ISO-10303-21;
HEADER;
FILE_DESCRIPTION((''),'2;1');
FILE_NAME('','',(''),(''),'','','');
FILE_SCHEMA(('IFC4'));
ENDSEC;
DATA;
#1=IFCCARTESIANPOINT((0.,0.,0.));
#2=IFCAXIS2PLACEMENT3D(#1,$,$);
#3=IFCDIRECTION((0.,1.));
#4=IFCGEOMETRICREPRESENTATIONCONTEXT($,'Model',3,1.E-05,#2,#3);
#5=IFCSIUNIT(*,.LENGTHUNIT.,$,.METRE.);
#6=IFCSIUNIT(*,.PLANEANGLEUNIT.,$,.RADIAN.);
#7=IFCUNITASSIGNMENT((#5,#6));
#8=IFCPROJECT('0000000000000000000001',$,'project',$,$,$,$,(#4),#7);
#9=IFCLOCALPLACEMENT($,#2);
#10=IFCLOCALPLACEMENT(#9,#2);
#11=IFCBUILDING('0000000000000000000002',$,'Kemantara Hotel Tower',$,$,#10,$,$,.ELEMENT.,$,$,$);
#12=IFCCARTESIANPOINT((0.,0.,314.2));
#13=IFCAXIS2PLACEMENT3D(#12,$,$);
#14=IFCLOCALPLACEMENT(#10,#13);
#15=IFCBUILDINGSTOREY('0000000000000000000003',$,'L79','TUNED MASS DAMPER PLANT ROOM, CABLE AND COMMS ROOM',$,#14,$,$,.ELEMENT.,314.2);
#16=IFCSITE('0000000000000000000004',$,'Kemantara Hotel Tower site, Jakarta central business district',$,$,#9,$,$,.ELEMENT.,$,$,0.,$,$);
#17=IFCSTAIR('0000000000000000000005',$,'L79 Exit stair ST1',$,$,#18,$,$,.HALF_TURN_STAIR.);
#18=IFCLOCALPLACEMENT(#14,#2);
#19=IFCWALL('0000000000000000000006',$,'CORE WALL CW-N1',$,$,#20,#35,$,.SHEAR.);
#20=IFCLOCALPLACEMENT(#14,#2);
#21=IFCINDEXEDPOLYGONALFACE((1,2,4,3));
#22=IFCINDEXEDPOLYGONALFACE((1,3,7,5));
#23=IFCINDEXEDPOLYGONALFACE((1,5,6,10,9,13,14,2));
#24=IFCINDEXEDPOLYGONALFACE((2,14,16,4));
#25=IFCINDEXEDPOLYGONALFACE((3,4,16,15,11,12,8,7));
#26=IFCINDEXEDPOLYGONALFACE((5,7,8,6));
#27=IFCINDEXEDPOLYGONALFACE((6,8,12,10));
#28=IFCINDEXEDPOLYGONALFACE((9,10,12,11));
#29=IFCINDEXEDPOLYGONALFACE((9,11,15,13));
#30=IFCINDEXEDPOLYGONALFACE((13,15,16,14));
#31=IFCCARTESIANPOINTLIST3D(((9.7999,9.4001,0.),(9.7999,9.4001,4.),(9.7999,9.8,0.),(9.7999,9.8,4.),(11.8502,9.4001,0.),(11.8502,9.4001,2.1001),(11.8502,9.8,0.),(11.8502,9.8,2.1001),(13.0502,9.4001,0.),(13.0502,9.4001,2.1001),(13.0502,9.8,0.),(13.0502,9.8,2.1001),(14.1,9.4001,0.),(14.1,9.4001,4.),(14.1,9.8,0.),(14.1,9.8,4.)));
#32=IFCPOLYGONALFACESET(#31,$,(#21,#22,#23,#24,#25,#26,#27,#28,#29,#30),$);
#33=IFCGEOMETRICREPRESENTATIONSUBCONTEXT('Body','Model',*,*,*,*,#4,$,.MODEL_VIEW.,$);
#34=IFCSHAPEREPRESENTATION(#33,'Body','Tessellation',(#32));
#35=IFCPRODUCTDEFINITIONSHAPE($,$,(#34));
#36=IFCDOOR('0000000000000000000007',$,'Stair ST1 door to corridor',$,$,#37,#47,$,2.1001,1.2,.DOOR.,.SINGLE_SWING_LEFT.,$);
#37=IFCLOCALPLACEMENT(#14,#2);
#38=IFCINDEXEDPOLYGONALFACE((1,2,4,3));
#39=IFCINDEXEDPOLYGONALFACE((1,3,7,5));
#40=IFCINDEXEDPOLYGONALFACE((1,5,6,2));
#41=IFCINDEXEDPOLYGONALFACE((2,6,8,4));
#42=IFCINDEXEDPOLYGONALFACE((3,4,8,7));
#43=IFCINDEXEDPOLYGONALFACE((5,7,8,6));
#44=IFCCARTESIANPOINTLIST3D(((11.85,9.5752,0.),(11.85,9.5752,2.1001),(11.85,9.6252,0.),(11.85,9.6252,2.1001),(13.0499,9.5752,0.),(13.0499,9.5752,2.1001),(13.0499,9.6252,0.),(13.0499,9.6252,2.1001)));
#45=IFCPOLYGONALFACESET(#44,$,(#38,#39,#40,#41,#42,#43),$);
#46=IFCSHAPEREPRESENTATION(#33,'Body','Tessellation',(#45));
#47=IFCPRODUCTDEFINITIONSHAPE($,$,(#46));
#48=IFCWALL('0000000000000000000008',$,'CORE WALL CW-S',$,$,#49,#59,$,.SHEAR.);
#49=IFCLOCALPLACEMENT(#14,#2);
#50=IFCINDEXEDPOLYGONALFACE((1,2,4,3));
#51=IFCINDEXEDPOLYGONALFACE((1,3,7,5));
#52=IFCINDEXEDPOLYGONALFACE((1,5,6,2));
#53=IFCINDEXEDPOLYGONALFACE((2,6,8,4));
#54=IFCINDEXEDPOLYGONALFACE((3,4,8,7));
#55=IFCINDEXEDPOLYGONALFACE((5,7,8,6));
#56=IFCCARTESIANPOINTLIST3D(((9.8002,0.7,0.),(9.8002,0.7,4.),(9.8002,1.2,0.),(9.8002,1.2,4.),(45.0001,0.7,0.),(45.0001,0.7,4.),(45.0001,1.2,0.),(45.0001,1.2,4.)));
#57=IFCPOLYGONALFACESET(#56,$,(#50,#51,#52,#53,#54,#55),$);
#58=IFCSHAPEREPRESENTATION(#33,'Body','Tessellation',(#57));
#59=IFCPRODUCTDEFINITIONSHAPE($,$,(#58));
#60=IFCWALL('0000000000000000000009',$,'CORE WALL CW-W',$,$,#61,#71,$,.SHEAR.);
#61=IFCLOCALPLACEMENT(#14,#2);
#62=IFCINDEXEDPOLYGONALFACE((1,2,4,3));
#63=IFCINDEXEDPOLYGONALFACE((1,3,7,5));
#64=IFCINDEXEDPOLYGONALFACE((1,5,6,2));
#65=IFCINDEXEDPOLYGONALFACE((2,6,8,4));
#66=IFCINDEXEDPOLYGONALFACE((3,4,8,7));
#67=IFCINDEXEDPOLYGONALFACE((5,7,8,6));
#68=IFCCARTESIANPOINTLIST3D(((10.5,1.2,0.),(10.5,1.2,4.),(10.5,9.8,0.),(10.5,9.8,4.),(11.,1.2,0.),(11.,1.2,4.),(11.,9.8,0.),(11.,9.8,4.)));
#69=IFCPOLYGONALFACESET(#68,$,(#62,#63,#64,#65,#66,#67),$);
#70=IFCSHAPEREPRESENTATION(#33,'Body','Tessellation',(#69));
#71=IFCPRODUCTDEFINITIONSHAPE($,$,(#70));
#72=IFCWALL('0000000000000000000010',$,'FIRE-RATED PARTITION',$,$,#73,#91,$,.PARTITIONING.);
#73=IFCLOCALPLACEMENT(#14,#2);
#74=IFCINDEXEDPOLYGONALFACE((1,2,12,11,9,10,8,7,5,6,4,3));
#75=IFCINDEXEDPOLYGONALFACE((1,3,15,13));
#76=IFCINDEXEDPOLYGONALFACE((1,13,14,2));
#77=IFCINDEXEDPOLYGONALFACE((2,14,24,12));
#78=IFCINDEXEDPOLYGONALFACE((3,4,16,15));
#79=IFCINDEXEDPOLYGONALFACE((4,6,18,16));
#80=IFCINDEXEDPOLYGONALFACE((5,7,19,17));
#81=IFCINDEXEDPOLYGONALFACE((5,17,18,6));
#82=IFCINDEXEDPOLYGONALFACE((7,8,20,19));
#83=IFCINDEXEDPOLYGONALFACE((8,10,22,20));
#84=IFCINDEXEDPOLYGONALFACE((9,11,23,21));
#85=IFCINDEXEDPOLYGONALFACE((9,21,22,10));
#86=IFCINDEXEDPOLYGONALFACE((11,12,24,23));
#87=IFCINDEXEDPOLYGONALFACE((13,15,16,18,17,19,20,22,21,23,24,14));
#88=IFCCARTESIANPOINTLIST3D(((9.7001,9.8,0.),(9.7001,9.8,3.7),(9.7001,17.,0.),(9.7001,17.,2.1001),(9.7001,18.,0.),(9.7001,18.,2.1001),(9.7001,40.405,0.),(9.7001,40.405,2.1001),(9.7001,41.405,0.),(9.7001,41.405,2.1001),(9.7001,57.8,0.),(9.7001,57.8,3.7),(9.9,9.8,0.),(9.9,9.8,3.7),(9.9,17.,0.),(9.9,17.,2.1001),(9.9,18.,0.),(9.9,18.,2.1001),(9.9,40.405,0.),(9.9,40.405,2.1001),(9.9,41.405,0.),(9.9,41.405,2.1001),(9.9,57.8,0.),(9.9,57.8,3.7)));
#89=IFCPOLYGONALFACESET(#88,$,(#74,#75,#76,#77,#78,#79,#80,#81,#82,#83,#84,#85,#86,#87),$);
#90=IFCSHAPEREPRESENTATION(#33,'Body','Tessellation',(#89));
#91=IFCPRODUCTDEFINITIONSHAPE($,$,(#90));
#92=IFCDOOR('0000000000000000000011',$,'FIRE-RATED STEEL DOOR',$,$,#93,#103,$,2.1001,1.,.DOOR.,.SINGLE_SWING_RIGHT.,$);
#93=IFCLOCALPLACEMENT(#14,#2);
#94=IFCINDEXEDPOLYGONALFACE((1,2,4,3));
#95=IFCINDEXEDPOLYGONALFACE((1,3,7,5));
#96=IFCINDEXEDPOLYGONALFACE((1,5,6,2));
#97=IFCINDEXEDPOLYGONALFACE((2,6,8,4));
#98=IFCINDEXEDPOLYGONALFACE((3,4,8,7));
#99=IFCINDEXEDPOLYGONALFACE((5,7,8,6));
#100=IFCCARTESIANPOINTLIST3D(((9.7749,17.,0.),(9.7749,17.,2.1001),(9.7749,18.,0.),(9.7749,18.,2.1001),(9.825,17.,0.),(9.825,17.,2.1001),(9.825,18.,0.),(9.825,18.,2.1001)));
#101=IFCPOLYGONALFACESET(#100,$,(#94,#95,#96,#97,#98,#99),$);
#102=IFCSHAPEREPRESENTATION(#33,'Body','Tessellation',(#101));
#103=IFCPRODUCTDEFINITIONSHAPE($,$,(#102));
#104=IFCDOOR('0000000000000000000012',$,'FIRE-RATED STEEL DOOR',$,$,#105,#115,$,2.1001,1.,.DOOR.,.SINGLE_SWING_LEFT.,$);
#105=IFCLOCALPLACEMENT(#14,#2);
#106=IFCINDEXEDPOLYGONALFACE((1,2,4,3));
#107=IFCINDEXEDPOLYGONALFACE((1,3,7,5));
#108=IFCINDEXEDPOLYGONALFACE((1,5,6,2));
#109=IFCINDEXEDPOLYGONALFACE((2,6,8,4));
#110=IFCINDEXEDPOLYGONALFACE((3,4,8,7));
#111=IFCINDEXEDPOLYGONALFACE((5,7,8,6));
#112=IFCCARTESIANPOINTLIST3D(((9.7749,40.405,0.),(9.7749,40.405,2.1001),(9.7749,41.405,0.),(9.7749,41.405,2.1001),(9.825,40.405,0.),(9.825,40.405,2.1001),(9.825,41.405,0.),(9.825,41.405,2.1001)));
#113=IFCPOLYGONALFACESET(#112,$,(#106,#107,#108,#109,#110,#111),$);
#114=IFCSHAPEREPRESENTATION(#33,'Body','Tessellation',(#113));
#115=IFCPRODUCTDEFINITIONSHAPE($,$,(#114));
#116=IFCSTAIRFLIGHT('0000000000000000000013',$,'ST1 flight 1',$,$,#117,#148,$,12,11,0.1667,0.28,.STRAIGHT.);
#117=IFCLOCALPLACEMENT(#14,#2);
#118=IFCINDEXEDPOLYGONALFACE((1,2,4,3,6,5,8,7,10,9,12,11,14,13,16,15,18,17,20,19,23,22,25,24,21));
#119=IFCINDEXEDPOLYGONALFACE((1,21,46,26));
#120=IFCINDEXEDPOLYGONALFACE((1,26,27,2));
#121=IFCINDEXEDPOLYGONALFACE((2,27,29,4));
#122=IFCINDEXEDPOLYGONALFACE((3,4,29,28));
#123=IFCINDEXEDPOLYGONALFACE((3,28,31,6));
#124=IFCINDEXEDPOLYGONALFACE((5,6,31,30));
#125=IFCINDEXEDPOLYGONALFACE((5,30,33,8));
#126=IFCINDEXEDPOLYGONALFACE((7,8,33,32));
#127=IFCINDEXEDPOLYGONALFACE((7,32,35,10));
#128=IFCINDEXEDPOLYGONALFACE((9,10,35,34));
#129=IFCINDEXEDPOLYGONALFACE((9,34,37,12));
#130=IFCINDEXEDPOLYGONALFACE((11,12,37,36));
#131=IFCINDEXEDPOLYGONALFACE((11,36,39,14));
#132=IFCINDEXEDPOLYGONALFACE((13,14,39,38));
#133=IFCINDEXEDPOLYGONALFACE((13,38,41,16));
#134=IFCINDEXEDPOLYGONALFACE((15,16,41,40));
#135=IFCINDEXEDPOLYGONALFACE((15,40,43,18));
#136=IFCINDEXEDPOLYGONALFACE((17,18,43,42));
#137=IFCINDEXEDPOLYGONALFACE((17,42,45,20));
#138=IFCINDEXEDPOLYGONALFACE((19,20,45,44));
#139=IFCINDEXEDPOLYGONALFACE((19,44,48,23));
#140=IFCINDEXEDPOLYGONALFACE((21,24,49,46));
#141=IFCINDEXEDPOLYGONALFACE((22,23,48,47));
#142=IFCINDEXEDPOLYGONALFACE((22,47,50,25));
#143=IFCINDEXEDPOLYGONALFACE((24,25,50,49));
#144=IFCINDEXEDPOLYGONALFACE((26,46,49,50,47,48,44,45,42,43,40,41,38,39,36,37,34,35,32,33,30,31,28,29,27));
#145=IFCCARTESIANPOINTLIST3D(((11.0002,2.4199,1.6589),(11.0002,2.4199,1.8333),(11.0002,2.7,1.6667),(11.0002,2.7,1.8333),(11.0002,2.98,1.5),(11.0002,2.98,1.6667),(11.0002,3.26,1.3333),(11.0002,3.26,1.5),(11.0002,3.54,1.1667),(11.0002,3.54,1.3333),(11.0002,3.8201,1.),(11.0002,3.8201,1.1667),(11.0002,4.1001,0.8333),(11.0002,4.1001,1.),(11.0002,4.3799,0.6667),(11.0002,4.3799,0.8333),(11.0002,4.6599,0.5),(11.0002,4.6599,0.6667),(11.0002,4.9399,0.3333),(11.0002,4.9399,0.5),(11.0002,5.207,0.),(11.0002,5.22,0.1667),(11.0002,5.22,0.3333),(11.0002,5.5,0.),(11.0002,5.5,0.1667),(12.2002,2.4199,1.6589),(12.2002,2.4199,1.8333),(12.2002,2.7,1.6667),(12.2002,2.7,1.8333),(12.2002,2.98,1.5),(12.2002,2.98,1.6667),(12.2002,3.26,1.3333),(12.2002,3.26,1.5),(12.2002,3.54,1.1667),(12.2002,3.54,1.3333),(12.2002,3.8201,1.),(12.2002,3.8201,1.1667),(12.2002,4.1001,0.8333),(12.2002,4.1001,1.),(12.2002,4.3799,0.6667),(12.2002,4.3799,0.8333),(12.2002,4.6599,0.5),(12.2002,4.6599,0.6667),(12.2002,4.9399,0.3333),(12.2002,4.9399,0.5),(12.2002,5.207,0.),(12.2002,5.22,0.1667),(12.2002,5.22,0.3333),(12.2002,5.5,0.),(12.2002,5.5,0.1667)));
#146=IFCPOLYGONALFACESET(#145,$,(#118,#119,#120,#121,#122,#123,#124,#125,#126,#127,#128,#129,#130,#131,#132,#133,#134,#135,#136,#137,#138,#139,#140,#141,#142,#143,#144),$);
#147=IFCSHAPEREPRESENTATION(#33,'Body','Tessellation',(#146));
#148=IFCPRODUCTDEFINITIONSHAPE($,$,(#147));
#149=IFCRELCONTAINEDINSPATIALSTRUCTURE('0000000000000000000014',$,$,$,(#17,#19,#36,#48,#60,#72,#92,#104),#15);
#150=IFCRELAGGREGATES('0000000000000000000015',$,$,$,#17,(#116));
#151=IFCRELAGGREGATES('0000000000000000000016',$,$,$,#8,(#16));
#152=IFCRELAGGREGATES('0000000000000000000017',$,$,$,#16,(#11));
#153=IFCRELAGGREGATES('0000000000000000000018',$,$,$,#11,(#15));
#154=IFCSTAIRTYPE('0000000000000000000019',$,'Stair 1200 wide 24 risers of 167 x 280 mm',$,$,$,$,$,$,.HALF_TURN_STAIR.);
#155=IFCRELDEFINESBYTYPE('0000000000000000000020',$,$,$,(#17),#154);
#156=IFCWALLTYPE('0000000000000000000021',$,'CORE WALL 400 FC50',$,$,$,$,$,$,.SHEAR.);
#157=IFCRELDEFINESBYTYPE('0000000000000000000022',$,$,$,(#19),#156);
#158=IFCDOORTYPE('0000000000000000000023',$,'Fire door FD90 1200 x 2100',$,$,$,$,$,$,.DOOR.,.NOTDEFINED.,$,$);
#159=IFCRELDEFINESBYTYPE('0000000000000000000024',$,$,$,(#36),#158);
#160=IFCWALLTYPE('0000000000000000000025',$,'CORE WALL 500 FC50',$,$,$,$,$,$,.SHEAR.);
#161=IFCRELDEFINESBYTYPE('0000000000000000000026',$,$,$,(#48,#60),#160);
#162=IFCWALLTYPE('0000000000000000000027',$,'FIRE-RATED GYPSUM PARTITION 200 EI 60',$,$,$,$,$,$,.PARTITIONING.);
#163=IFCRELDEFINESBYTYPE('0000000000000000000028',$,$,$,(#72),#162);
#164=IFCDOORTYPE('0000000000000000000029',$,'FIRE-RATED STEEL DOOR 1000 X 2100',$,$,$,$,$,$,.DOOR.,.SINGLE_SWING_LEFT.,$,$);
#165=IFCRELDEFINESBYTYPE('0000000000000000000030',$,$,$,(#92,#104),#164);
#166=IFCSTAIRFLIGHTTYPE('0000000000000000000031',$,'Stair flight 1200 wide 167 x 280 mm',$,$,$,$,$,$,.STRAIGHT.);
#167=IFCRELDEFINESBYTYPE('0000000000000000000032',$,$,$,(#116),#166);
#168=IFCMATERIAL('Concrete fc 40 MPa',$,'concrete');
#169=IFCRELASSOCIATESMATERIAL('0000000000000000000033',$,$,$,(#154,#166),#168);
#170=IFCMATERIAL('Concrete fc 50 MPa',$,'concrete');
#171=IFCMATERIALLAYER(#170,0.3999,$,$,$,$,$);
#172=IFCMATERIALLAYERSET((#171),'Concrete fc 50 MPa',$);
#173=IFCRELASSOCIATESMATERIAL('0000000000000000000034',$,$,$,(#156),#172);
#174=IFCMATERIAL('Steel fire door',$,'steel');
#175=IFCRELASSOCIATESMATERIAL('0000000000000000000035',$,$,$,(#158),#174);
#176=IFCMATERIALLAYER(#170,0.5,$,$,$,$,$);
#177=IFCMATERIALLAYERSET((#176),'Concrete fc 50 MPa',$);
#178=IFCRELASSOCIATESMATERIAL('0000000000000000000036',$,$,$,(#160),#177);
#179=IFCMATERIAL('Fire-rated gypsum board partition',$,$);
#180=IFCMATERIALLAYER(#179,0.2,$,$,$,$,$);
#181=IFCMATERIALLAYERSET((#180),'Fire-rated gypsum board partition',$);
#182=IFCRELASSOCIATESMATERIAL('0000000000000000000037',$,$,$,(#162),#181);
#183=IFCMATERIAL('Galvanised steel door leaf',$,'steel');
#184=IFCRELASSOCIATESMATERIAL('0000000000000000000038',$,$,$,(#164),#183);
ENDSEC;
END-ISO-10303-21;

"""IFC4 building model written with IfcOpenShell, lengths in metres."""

from ifc_helpers import new_model, si_unit, direction, frame, frame_2d, origin, place, context, subcontext, project, spatial, polyline, rectangle, outline, extrude, material, layer, layer_set, type_object, element, fill, aggregate, save


model = new_model("IFC4")

# Units and contexts
model_context = context("Model", 3, precision=1e-05, world=origin(), true_north=direction((0.0, 1.0)))
body_context = subcontext(model_context, "Body", "Model", "MODEL_VIEW")
ifc_project = project(units=[si_unit("LENGTHUNIT", "METRE"), si_unit("PLANEANGLEUNIT", "RADIAN")], contexts=[model_context])

# Site, building, storey
site_placement = place(None, origin())
site = spatial("IfcSite", under=ifc_project, at=site_placement, Name="Kemantara Hotel Tower site, Jakarta central business district", CompositionType="ELEMENT", RefElevation=0.0)
building_placement = place(site_placement, origin())
building = spatial("IfcBuilding", under=site, at=building_placement, Name="Kemantara Hotel Tower", CompositionType="ELEMENT")
storey_placement = place(building_placement, frame((0.0, 0.0, 314.2)))
storey = spatial("IfcBuildingStorey", under=building, at=storey_placement, Name="L79", Description="TUNED MASS DAMPER PLANT ROOM, CABLE AND COMMS ROOM", CompositionType="ELEMENT", Elevation=314.2)

# Shared definitions
ifc_material_1 = material(Name="Concrete fc 50 MPa", Category="concrete")

# Shared definitions
ifc_material_2 = material(Name="Concrete fc 40 MPa", Category="concrete")

# Stair
stair_type_1 = type_object("IfcStairType", Name="Stair 1200 wide 24 risers of 167 x 280 mm", PredefinedType="HALF_TURN_STAIR", material=ifc_material_2)
stair_1_placement = place(storey_placement, origin())
stair_1 = element("IfcStair", 1, at=stair_1_placement, inside=storey, type_object=stair_type_1, Name="L79 Exit stair ST1", PredefinedType="HALF_TURN_STAIR")

# Wall, opening, door
ifc_layer_1 = layer(ifc_material_1, 0.3999)
ifc_layer_set_1 = layer_set([ifc_layer_1], Name="Concrete fc 50 MPa")
wall_type_1 = type_object("IfcWallType", Name="CORE WALL 400 FC50", PredefinedType="SHEAR", material=ifc_layer_set_1)
wall_1_placement = place(storey_placement, frame((9.8, 9.6001, 0.0), z_axis=(0.0, 0.0, 1.0), x_axis=(1.0, 0.0, 0.0)))
wall_1 = element("IfcWall", 2, at=wall_1_placement, inside=storey, type_object=wall_type_1, Name="CORE WALL CW-N1", PredefinedType="SHEAR", context=body_context, shape_type="SweptSolid", body=[
    extrude(rectangle(XDim=4.3, YDim=0.3999, at=frame_2d((2.1499, 0.0))), origin(), (0.0, 0.0, 1.0), 4.0),
])
opening_1_placement = place(wall_1_placement, frame((2.05, 0.0, 0.0)))
opening_1 = element("IfcOpeningElement", 3, at=opening_1_placement, cuts=wall_1, PredefinedType="OPENING", context=body_context, shape_type="SweptSolid", body=[
    extrude(rectangle(XDim=1.2, YDim=2.1001, at=frame_2d((0.6001, 1.05))), frame((0.0, 0.21, 0.0), z_axis=(0.0, -1.0, 0.0), x_axis=(1.0, 0.0, 0.0)), (0.0, 0.0, 1.0), 0.4199),
])
ifc_material_3 = material(Name="Steel fire door", Category="steel")
door_type_1 = type_object("IfcDoorType", Name="Fire door FD90 1200 x 2100", OperationType="NOTDEFINED", PredefinedType="DOOR", material=ifc_material_3)
door_1_placement = place(opening_1_placement, frame((1.2, 0.0, 0.0), z_axis=(0.0, 0.0, 1.0), x_axis=(-1.0, 0.0, 0.0)))
door_1 = element("IfcDoor", 4, at=door_1_placement, inside=storey, type_object=door_type_1, Name="Stair ST1 door to corridor", OperationType="SINGLE_SWING_LEFT", OverallHeight=2.1001, OverallWidth=1.2, PredefinedType="DOOR", context=body_context, shape_type="SweptSolid", body=[
    extrude(rectangle(XDim=1.2, YDim=2.1001, at=frame_2d((0.6001, 1.05))), frame((0.0, 0.0249, 0.0), z_axis=(0.0, -1.0, 0.0), x_axis=(1.0, 0.0, 0.0)), (0.0, 0.0, 1.0), 0.05),
])
fill(opening_1, door_1)

# Walls
ifc_layer_2 = layer(ifc_material_1, 0.5)
ifc_layer_set_2 = layer_set([ifc_layer_2], Name="Concrete fc 50 MPa")
wall_type_2 = type_object("IfcWallType", Name="CORE WALL 500 FC50", PredefinedType="SHEAR", material=ifc_layer_set_2)
wall_2_placement = place(storey_placement, frame((9.8, 0.95, 0.0), z_axis=(0.0, 0.0, 1.0), x_axis=(1.0, 0.0, 0.0)))
element("IfcWall", 5, at=wall_2_placement, inside=storey, type_object=wall_type_2, Name="CORE WALL CW-S", PredefinedType="SHEAR", context=body_context, shape_type="SweptSolid", body=[
    extrude(rectangle(XDim=35.2, YDim=0.5, at=frame_2d((17.6001, 0.0))), origin(), (0.0, 0.0, 1.0), 4.0),
])
wall_3_placement = place(storey_placement, frame((10.75, 1.2, 0.0), z_axis=(0.0, 0.0, 1.0), x_axis=(0.0, 1.0, 0.0)))
element("IfcWall", 6, at=wall_3_placement, inside=storey, type_object=wall_type_2, Name="CORE WALL CW-W", PredefinedType="SHEAR", context=body_context, shape_type="SweptSolid", body=[
    extrude(rectangle(XDim=8.6001, YDim=0.5, at=frame_2d((4.3, 0.0))), origin(), (0.0, 0.0, 1.0), 4.0),
])

# Wall, openings, doors
ifc_material_4 = material(Name="Fire-rated gypsum board partition")
ifc_layer_3 = layer(ifc_material_4, 0.2)
ifc_layer_set_3 = layer_set([ifc_layer_3], Name="Fire-rated gypsum board partition")
wall_type_3 = type_object("IfcWallType", Name="FIRE-RATED GYPSUM PARTITION 200 EI 60", PredefinedType="PARTITIONING", material=ifc_layer_set_3)
wall_4_placement = place(storey_placement, frame((9.8, 9.8, 0.0), z_axis=(0.0, 0.0, 1.0), x_axis=(0.0, 1.0, 0.0)))
wall_4 = element("IfcWall", 7, at=wall_4_placement, inside=storey, type_object=wall_type_3, Name="FIRE-RATED PARTITION", PredefinedType="PARTITIONING", context=body_context, shape_type="SweptSolid", body=[
    extrude(rectangle(XDim=48.0, YDim=0.2, at=frame_2d((24.0, 0.0))), origin(), (0.0, 0.0, 1.0), 3.7),
])
opening_2_placement = place(wall_4_placement, frame((7.2, 0.0, 0.0)))
opening_2 = element("IfcOpeningElement", 8, at=opening_2_placement, cuts=wall_4, PredefinedType="OPENING", context=body_context, shape_type="SweptSolid", body=[
    extrude(rectangle(XDim=1.0, YDim=2.1001, at=frame_2d((0.5, 1.05))), frame((0.0, 0.1099, 0.0), z_axis=(0.0, -1.0, 0.0), x_axis=(1.0, 0.0, 0.0)), (0.0, 0.0, 1.0), 0.22),
])
opening_3_placement = place(wall_4_placement, frame((30.605, 0.0, 0.0)))
opening_3 = element("IfcOpeningElement", 9, at=opening_3_placement, cuts=wall_4, PredefinedType="OPENING", context=body_context, shape_type="SweptSolid", body=[
    extrude(rectangle(XDim=1.0, YDim=2.1001, at=frame_2d((0.5, 1.05))), frame((0.0, 0.1099, 0.0), z_axis=(0.0, -1.0, 0.0), x_axis=(1.0, 0.0, 0.0)), (0.0, 0.0, 1.0), 0.22),
])
ifc_material_5 = material(Name="Galvanised steel door leaf", Category="steel")
door_type_2 = type_object("IfcDoorType", Name="FIRE-RATED STEEL DOOR 1000 X 2100", OperationType="SINGLE_SWING_LEFT", PredefinedType="DOOR", material=ifc_material_5)
door_2_placement = place(opening_2_placement, frame((1.0, 0.0, 0.0), z_axis=(0.0, 0.0, 1.0), x_axis=(-1.0, 0.0, 0.0)))
door_2 = element("IfcDoor", 10, at=door_2_placement, inside=storey, type_object=door_type_2, Name="FIRE-RATED STEEL DOOR", OperationType="SINGLE_SWING_RIGHT", OverallHeight=2.1001, OverallWidth=1.0, PredefinedType="DOOR", context=body_context, shape_type="SweptSolid", body=[
    extrude(rectangle(XDim=1.0, YDim=2.1001, at=frame_2d((0.5, 1.05))), frame((0.0, 0.0249, 0.0), z_axis=(0.0, -1.0, 0.0), x_axis=(1.0, 0.0, 0.0)), (0.0, 0.0, 1.0), 0.05),
])
fill(opening_2, door_2)
door_3_placement = place(opening_3_placement, frame((1.0, 0.0, 0.0), z_axis=(0.0, 0.0, 1.0), x_axis=(-1.0, 0.0, 0.0)))
door_3 = element("IfcDoor", 11, at=door_3_placement, inside=storey, type_object=door_type_2, Name="FIRE-RATED STEEL DOOR", OperationType="SINGLE_SWING_LEFT", OverallHeight=2.1001, OverallWidth=1.0, PredefinedType="DOOR", context=body_context, shape_type="SweptSolid", body=[
    extrude(rectangle(XDim=1.0, YDim=2.1001, at=frame_2d((0.5, 1.05))), frame((0.0, 0.0249, 0.0), z_axis=(0.0, -1.0, 0.0), x_axis=(1.0, 0.0, 0.0)), (0.0, 0.0, 1.0), 0.05),
])
fill(opening_3, door_3)

# Stair flight
stair_flight_type = type_object("IfcStairFlightType", Name="Stair flight 1200 wide 167 x 280 mm", PredefinedType="STRAIGHT", material=ifc_material_2)
stair_flight_placement = place(storey_placement, frame((11.6001, 5.5, 0.0), z_axis=(0.0, 0.0, 1.0), x_axis=(0.0, -1.0, 0.0)))
stair_flight = element("IfcStairFlight", 12, at=stair_flight_placement, type_object=stair_flight_type, Name="ST1 flight 1", NumberOfRisers=12, NumberOfTreads=11, PredefinedType="STRAIGHT", RiserHeight=0.1667, TreadLength=0.28, context=body_context, shape_type="SweptSolid", body=[
    extrude(outline(polyline([(0.0, 0.0), (0.0, 0.1667), (0.28, 0.1667), (0.28, 0.3333), (0.5601, 0.3333), (0.5601, 0.5), (0.8401, 0.5), (0.8401, 0.6667), (1.1201, 0.6667), (1.1201, 0.8333), (1.3999, 0.8333), (1.3999, 1.0), (1.6799, 1.0), (1.6799, 1.1667), (1.96, 1.1667), (1.96, 1.3333), (2.24, 1.3333), (2.24, 1.5), (2.52, 1.5), (2.52, 1.6667), (2.8, 1.6667), (2.8, 1.8333), (3.0801, 1.8333), (3.0801, 2.0), (3.0801, 1.6589), (0.293, 0.0), (0.0, 0.0)])), frame((0.0, 0.6001, 0.0), z_axis=(0.0, -1.0, 0.0), x_axis=(1.0, 0.0, 0.0)), (0.0, 0.0, 1.0), 1.2),
])
aggregate(stair_1, [stair_flight])

save(model, "model.ifc")
